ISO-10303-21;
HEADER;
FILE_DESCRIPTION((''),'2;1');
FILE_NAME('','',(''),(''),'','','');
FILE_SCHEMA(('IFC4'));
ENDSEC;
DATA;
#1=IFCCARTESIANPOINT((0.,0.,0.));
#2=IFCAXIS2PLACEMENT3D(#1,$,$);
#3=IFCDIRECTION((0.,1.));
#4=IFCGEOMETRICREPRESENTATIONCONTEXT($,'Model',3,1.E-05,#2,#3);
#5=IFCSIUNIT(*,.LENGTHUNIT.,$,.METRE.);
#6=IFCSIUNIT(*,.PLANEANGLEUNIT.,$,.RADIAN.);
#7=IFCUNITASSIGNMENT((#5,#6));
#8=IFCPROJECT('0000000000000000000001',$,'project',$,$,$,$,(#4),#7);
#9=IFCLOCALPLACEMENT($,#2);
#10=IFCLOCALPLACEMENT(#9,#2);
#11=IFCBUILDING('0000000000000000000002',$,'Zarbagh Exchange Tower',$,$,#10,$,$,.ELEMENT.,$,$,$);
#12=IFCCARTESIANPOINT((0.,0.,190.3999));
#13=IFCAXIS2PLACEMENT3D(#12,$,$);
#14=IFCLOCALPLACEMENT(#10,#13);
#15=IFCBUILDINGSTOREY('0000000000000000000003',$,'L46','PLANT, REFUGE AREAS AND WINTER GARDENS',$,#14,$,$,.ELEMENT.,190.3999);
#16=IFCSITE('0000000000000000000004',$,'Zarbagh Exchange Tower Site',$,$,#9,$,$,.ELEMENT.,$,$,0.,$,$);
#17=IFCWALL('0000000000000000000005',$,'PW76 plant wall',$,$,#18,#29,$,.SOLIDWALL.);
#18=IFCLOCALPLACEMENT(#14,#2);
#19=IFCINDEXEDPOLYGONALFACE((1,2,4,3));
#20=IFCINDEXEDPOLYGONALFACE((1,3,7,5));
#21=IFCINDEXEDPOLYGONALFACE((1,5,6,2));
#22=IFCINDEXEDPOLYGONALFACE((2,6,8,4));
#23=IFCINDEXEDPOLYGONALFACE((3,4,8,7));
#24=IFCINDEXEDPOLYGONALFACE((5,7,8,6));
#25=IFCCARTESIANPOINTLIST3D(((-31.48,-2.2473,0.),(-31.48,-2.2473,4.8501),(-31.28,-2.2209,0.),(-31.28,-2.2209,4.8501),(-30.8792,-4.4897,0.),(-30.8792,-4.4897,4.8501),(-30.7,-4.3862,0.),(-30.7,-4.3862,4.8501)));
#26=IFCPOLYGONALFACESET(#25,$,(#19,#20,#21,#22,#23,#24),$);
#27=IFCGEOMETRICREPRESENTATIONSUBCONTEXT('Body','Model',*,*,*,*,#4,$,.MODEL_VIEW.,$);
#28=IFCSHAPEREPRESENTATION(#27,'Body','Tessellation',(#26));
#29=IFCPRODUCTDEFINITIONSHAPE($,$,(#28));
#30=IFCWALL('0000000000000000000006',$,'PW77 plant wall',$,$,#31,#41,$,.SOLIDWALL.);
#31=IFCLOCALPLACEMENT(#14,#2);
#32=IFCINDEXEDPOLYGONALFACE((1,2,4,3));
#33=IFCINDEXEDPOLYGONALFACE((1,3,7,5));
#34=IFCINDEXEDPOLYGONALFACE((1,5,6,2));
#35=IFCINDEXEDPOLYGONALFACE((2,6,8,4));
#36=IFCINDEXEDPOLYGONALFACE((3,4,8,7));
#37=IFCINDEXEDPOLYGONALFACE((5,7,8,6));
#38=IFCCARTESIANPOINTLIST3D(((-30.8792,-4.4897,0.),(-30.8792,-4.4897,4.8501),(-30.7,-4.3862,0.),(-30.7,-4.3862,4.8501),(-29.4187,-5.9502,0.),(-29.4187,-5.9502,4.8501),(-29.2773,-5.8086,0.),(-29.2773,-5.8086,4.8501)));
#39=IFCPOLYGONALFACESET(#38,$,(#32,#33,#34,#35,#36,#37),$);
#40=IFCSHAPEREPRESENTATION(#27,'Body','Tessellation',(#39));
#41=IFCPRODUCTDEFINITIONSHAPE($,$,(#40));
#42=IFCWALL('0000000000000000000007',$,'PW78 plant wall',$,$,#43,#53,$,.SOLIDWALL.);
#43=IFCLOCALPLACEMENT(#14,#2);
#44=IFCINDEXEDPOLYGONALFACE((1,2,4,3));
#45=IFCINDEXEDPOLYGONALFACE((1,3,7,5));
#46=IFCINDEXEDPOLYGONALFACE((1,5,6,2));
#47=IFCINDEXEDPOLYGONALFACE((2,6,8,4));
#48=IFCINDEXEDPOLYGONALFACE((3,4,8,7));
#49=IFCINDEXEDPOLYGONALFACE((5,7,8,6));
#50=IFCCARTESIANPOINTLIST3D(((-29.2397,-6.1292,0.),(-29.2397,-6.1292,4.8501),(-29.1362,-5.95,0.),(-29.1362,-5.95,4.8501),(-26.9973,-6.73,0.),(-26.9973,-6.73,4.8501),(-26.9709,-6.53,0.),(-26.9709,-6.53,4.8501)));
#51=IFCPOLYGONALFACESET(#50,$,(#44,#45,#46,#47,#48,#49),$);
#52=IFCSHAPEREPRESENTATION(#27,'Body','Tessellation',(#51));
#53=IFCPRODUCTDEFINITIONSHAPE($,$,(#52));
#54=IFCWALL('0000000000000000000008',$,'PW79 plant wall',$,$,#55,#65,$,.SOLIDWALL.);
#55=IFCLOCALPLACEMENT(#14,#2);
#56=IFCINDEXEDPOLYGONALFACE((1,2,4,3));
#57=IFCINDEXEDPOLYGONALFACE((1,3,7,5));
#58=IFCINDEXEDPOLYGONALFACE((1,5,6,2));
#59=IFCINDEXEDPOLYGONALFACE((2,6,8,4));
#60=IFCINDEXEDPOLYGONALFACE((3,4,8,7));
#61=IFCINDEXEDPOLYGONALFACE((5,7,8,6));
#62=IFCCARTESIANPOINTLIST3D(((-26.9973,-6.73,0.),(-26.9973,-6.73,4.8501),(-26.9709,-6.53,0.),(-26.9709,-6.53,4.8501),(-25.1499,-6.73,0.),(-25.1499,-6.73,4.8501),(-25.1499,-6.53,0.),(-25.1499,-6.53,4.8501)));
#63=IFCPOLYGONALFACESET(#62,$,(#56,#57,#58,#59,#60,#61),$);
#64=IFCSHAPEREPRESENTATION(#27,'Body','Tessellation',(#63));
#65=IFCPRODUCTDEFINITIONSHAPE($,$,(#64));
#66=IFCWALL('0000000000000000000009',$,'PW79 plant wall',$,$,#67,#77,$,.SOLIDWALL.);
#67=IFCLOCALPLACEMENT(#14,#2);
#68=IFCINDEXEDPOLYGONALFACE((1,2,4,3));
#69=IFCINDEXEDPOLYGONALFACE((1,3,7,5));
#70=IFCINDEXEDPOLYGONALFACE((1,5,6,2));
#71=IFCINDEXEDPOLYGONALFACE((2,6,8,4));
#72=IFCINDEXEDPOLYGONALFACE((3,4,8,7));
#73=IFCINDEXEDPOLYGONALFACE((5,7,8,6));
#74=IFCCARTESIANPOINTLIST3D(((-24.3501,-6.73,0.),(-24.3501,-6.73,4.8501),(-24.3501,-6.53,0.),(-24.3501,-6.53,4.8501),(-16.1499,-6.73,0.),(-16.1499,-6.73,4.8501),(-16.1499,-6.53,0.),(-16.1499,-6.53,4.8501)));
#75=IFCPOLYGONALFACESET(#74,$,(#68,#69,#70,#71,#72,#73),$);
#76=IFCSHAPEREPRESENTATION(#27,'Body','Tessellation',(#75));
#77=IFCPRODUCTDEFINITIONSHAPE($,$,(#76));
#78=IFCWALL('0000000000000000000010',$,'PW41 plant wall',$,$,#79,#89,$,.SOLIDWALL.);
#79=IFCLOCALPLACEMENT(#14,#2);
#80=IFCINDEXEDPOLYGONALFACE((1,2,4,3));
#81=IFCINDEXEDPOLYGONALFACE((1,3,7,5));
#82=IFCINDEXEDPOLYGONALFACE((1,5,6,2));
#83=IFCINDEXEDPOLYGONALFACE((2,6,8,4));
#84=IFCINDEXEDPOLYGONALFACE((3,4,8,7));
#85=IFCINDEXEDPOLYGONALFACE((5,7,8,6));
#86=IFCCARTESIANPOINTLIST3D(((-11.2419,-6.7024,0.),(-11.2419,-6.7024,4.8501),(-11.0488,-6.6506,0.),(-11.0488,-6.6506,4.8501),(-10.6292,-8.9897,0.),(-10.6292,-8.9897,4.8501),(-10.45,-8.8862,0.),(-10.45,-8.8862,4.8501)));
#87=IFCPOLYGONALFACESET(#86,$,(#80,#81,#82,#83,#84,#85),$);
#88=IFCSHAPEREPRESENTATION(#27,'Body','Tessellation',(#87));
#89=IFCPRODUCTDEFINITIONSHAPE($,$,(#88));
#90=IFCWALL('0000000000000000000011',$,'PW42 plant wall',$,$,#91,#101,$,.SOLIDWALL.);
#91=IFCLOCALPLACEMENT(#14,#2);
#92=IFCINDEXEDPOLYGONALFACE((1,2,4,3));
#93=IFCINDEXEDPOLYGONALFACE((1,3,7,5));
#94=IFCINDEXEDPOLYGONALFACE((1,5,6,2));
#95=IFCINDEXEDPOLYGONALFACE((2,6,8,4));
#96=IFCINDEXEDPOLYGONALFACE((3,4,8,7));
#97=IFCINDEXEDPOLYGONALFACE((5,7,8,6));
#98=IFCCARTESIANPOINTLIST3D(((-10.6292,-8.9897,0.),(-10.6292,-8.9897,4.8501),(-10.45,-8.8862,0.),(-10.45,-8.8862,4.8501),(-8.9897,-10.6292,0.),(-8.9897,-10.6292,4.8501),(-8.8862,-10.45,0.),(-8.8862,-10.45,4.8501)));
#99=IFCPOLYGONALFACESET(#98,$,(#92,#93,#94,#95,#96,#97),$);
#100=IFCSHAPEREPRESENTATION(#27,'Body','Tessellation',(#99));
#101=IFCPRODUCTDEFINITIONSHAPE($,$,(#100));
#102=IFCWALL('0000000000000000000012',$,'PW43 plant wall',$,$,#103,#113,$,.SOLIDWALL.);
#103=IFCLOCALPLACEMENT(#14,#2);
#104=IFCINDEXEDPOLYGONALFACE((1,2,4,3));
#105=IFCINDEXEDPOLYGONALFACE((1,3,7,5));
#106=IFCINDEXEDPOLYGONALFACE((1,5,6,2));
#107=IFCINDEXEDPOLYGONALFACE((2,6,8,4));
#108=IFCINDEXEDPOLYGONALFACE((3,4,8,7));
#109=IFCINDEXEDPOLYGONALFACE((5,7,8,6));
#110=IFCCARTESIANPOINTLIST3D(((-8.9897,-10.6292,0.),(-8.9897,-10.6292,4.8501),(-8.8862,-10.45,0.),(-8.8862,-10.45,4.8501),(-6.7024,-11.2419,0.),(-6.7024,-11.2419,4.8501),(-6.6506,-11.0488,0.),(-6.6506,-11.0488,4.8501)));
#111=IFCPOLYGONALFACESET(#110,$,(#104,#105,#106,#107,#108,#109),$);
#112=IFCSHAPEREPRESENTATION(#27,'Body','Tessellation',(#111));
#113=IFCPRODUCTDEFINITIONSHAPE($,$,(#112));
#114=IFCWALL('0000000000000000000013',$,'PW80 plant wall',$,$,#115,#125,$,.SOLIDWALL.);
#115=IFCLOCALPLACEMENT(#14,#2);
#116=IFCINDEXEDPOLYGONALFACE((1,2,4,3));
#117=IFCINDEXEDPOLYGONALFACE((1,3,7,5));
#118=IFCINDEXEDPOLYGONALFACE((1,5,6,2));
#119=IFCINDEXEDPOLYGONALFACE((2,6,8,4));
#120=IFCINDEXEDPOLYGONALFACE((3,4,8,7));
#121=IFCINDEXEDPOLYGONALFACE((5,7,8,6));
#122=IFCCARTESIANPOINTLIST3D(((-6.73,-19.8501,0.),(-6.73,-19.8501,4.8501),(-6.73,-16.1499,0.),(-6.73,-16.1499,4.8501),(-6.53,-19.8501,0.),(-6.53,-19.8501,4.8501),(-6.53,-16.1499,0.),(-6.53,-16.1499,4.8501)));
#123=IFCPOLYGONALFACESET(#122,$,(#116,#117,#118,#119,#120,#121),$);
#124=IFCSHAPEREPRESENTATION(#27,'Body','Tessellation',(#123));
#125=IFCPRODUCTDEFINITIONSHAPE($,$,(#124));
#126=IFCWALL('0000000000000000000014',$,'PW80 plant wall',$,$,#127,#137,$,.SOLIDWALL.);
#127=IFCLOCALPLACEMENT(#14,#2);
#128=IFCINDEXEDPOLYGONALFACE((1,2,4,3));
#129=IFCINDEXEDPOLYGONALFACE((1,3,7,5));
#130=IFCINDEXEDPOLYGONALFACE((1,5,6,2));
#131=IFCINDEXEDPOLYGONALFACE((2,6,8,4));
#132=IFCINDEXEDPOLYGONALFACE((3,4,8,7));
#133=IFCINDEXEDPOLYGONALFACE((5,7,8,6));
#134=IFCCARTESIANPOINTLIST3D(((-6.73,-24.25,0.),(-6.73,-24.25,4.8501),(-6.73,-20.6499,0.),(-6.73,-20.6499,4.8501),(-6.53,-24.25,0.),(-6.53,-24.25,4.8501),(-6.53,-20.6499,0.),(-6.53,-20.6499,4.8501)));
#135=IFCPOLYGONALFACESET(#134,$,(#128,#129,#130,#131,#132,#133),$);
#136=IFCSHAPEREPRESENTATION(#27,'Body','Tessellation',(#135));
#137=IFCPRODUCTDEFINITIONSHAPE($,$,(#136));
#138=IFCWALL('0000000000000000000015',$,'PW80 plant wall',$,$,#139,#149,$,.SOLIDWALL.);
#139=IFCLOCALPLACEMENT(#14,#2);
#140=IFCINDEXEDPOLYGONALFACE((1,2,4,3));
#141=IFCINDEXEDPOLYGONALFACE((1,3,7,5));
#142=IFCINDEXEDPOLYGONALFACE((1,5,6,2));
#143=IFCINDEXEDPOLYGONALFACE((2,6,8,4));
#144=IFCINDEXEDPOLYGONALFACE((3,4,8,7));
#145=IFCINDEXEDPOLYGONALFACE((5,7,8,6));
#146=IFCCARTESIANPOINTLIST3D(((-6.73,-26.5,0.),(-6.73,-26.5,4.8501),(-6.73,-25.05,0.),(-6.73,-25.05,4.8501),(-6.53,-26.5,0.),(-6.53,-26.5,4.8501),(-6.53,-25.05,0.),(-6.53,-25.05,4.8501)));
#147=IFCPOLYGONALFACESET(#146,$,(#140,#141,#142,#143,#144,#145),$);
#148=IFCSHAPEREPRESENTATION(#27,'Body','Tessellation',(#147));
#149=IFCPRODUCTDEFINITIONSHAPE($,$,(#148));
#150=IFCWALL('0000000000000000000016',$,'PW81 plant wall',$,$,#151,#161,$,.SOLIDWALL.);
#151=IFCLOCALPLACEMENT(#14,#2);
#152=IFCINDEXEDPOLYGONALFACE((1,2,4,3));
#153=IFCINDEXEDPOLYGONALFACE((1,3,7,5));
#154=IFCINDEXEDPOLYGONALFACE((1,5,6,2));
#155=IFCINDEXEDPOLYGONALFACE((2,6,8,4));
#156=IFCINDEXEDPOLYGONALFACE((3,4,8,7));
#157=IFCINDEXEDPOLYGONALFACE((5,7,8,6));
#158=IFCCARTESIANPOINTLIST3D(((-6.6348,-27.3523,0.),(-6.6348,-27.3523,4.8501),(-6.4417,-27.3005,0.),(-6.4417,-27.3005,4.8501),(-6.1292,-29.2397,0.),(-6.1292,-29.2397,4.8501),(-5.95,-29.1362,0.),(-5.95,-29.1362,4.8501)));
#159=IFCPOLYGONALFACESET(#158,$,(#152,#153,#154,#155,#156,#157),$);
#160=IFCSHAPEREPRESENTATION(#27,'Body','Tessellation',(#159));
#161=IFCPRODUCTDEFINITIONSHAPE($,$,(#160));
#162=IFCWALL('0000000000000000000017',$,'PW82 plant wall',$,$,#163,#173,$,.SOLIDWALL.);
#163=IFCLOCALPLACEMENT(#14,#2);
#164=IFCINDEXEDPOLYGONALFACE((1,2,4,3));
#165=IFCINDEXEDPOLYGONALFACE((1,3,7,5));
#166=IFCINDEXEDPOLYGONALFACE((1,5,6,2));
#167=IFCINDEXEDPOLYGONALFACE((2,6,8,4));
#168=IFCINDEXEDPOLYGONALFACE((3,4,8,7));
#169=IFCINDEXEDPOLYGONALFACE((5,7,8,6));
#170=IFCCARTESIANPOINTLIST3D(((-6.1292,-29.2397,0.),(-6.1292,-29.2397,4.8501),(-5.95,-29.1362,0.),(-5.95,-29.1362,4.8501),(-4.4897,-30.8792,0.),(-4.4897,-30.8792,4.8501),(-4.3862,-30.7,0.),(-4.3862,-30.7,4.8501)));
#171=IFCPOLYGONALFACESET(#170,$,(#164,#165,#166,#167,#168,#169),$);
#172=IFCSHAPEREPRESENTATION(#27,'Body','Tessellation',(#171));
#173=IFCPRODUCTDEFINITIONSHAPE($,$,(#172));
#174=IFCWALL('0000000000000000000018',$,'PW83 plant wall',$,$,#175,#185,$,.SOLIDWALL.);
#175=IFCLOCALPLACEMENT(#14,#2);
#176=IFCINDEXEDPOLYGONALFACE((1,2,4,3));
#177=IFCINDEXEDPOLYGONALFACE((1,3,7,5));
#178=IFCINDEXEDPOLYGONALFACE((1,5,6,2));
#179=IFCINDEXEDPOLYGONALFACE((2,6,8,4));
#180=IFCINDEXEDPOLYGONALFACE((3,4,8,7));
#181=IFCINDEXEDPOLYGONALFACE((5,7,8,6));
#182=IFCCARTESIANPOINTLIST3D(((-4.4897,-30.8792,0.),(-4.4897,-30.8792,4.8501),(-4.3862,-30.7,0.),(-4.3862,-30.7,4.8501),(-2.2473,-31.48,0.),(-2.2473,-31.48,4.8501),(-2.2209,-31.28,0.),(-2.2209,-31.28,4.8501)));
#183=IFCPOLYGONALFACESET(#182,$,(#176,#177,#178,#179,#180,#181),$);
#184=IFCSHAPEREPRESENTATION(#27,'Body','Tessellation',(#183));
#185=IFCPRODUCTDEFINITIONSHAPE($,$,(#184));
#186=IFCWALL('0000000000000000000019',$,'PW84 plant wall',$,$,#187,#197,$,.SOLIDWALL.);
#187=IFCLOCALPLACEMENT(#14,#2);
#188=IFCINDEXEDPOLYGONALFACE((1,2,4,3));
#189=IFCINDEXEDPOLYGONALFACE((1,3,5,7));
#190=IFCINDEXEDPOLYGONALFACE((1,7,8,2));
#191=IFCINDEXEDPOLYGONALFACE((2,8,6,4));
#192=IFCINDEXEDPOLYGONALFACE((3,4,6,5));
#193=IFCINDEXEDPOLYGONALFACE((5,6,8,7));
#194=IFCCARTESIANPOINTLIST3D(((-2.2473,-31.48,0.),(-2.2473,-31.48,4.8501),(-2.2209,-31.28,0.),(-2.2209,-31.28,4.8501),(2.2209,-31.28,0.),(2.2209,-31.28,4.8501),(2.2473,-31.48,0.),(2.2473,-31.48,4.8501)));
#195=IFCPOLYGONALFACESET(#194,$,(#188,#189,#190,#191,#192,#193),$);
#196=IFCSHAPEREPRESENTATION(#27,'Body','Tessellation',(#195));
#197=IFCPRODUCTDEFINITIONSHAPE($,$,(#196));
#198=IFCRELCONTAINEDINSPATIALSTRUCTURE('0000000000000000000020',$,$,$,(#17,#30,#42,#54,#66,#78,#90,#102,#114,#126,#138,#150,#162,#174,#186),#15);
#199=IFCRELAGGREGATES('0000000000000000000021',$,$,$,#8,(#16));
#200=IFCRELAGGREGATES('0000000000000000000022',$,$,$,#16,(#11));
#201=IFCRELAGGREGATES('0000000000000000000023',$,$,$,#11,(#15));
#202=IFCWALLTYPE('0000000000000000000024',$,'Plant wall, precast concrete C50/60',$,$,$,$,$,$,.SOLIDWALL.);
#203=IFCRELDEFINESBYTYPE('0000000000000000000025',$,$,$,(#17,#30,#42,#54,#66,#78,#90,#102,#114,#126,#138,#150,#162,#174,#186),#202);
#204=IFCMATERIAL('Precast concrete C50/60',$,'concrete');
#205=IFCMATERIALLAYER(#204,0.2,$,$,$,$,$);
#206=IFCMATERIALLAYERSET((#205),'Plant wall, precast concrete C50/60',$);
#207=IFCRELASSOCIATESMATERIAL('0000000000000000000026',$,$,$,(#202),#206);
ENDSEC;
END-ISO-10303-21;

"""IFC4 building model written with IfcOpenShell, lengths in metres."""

from ifc_helpers import new_model, si_unit, direction, frame, origin, place, context, subcontext, project, spatial, polyline, outline, extrude, material, layer, layer_set, type_object, element, save


model = new_model("IFC4")

# Units and contexts
model_context = context("Model", 3, precision=1e-05, world=origin(), true_north=direction((0.0, 1.0)))
body_context = subcontext(model_context, "Body", "Model", "MODEL_VIEW")
ifc_project = project(units=[si_unit("LENGTHUNIT", "METRE"), si_unit("PLANEANGLEUNIT", "RADIAN")], contexts=[model_context])

# Site, building, storey
site_placement = place(None, origin())
site = spatial("IfcSite", under=ifc_project, at=site_placement, Name="Zarbagh Exchange Tower Site", CompositionType="ELEMENT", RefElevation=0.0)
building_placement = place(site_placement, origin())
building = spatial("IfcBuilding", under=site, at=building_placement, Name="Zarbagh Exchange Tower", CompositionType="ELEMENT")
storey_placement = place(building_placement, frame((0.0, 0.0, 190.3999)))
storey = spatial("IfcBuildingStorey", under=building, at=storey_placement, Name="L46", Description="PLANT, REFUGE AREAS AND WINTER GARDENS", CompositionType="ELEMENT", Elevation=190.3999)

# Walls
ifc_material_1 = material(Name="Precast concrete C50/60", Category="concrete")
ifc_layer_1 = layer(ifc_material_1, 0.2)
ifc_layer_set_1 = layer_set([ifc_layer_1], Name="Plant wall, precast concrete C50/60")
wall_type = type_object("IfcWallType", Name="Plant wall, precast concrete C50/60", PredefinedType="SOLIDWALL", material=ifc_layer_set_1)
wall_1_placement = place(storey_placement, origin())
element("IfcWall", 1, at=wall_1_placement, inside=storey, type_object=wall_type, Name="PW76 plant wall", PredefinedType="SOLIDWALL", context=body_context, shape_type="SweptSolid", body=[
    extrude(outline(polyline([(-31.48, -2.2473), (-30.8792, -4.4897), (-30.7, -4.3862), (-31.28, -2.2209), (-31.48, -2.2473)])), origin(), (0.0, 0.0, 1.0), 4.8501),
])
wall_2_placement = place(storey_placement, origin())
element("IfcWall", 2, at=wall_2_placement, inside=storey, type_object=wall_type, Name="PW77 plant wall", PredefinedType="SOLIDWALL", context=body_context, shape_type="SweptSolid", body=[
    extrude(outline(polyline([(-30.8792, -4.4897), (-29.4187, -5.9502), (-29.2773, -5.8086), (-30.7, -4.3862), (-30.8792, -4.4897)])), origin(), (0.0, 0.0, 1.0), 4.8501),
])
wall_3_placement = place(storey_placement, origin())
element("IfcWall", 3, at=wall_3_placement, inside=storey, type_object=wall_type, Name="PW78 plant wall", PredefinedType="SOLIDWALL", context=body_context, shape_type="SweptSolid", body=[
    extrude(outline(polyline([(-29.2397, -6.1292), (-26.9973, -6.73), (-26.9709, -6.53), (-29.1362, -5.95), (-29.2397, -6.1292)])), origin(), (0.0, 0.0, 1.0), 4.8501),
])
wall_4_placement = place(storey_placement, origin())
element("IfcWall", 4, at=wall_4_placement, inside=storey, type_object=wall_type, Name="PW79 plant wall", PredefinedType="SOLIDWALL", context=body_context, shape_type="SweptSolid", body=[
    extrude(outline(polyline([(-26.9973, -6.73), (-25.1499, -6.73), (-25.1499, -6.53), (-26.9709, -6.53), (-26.9973, -6.73)])), origin(), (0.0, 0.0, 1.0), 4.8501),
])
wall_5_placement = place(storey_placement, origin())
element("IfcWall", 5, at=wall_5_placement, inside=storey, type_object=wall_type, Name="PW79 plant wall", PredefinedType="SOLIDWALL", context=body_context, shape_type="SweptSolid", body=[
    extrude(outline(polyline([(-24.3501, -6.73), (-16.1499, -6.73), (-16.1499, -6.53), (-24.3501, -6.53), (-24.3501, -6.73)])), origin(), (0.0, 0.0, 1.0), 4.8501),
])
wall_6_placement = place(storey_placement, origin())
element("IfcWall", 6, at=wall_6_placement, inside=storey, type_object=wall_type, Name="PW41 plant wall", PredefinedType="SOLIDWALL", context=body_context, shape_type="SweptSolid", body=[
    extrude(outline(polyline([(-11.2419, -6.7024), (-10.6292, -8.9897), (-10.45, -8.8862), (-11.0488, -6.6506), (-11.2419, -6.7024)])), origin(), (0.0, 0.0, 1.0), 4.8501),
])
wall_7_placement = place(storey_placement, origin())
element("IfcWall", 7, at=wall_7_placement, inside=storey, type_object=wall_type, Name="PW42 plant wall", PredefinedType="SOLIDWALL", context=body_context, shape_type="SweptSolid", body=[
    extrude(outline(polyline([(-10.6292, -8.9897), (-8.9897, -10.6292), (-8.8862, -10.45), (-10.45, -8.8862), (-10.6292, -8.9897)])), origin(), (0.0, 0.0, 1.0), 4.8501),
])
wall_8_placement = place(storey_placement, origin())
element("IfcWall", 8, at=wall_8_placement, inside=storey, type_object=wall_type, Name="PW43 plant wall", PredefinedType="SOLIDWALL", context=body_context, shape_type="SweptSolid", body=[
    extrude(outline(polyline([(-8.9897, -10.6292), (-6.7024, -11.2419), (-6.6506, -11.0488), (-8.8862, -10.45), (-8.9897, -10.6292)])), origin(), (0.0, 0.0, 1.0), 4.8501),
])
wall_9_placement = place(storey_placement, origin())
element("IfcWall", 9, at=wall_9_placement, inside=storey, type_object=wall_type, Name="PW80 plant wall", PredefinedType="SOLIDWALL", context=body_context, shape_type="SweptSolid", body=[
    extrude(outline(polyline([(-6.73, -16.1499), (-6.73, -19.8501), (-6.53, -19.8501), (-6.53, -16.1499), (-6.73, -16.1499)])), origin(), (0.0, 0.0, 1.0), 4.8501),
])
wall_10_placement = place(storey_placement, origin())
element("IfcWall", 10, at=wall_10_placement, inside=storey, type_object=wall_type, Name="PW80 plant wall", PredefinedType="SOLIDWALL", context=body_context, shape_type="SweptSolid", body=[
    extrude(outline(polyline([(-6.73, -20.6499), (-6.73, -24.25), (-6.53, -24.25), (-6.53, -20.6499), (-6.73, -20.6499)])), origin(), (0.0, 0.0, 1.0), 4.8501),
])
wall_11_placement = place(storey_placement, origin())
element("IfcWall", 11, at=wall_11_placement, inside=storey, type_object=wall_type, Name="PW80 plant wall", PredefinedType="SOLIDWALL", context=body_context, shape_type="SweptSolid", body=[
    extrude(outline(polyline([(-6.73, -25.05), (-6.73, -26.5), (-6.53, -26.5), (-6.53, -25.05), (-6.73, -25.05)])), origin(), (0.0, 0.0, 1.0), 4.8501),
])
wall_12_placement = place(storey_placement, origin())
element("IfcWall", 12, at=wall_12_placement, inside=storey, type_object=wall_type, Name="PW81 plant wall", PredefinedType="SOLIDWALL", context=body_context, shape_type="SweptSolid", body=[
    extrude(outline(polyline([(-6.6348, -27.3523), (-6.1292, -29.2397), (-5.95, -29.1362), (-6.4417, -27.3005), (-6.6348, -27.3523)])), origin(), (0.0, 0.0, 1.0), 4.8501),
])
wall_13_placement = place(storey_placement, origin())
element("IfcWall", 13, at=wall_13_placement, inside=storey, type_object=wall_type, Name="PW82 plant wall", PredefinedType="SOLIDWALL", context=body_context, shape_type="SweptSolid", body=[
    extrude(outline(polyline([(-6.1292, -29.2397), (-4.4897, -30.8792), (-4.3862, -30.7), (-5.95, -29.1362), (-6.1292, -29.2397)])), origin(), (0.0, 0.0, 1.0), 4.8501),
])
wall_14_placement = place(storey_placement, origin())
element("IfcWall", 14, at=wall_14_placement, inside=storey, type_object=wall_type, Name="PW83 plant wall", PredefinedType="SOLIDWALL", context=body_context, shape_type="SweptSolid", body=[
    extrude(outline(polyline([(-4.4897, -30.8792), (-2.2473, -31.48), (-2.2209, -31.28), (-4.3862, -30.7), (-4.4897, -30.8792)])), origin(), (0.0, 0.0, 1.0), 4.8501),
])
wall_15_placement = place(storey_placement, origin())
element("IfcWall", 15, at=wall_15_placement, inside=storey, type_object=wall_type, Name="PW84 plant wall", PredefinedType="SOLIDWALL", context=body_context, shape_type="SweptSolid", body=[
    extrude(outline(polyline([(-2.2473, -31.48), (2.2473, -31.48), (2.2209, -31.28), (-2.2209, -31.28), (-2.2473, -31.48)])), origin(), (0.0, 0.0, 1.0), 4.8501),
])

save(model, "model.ifc")
